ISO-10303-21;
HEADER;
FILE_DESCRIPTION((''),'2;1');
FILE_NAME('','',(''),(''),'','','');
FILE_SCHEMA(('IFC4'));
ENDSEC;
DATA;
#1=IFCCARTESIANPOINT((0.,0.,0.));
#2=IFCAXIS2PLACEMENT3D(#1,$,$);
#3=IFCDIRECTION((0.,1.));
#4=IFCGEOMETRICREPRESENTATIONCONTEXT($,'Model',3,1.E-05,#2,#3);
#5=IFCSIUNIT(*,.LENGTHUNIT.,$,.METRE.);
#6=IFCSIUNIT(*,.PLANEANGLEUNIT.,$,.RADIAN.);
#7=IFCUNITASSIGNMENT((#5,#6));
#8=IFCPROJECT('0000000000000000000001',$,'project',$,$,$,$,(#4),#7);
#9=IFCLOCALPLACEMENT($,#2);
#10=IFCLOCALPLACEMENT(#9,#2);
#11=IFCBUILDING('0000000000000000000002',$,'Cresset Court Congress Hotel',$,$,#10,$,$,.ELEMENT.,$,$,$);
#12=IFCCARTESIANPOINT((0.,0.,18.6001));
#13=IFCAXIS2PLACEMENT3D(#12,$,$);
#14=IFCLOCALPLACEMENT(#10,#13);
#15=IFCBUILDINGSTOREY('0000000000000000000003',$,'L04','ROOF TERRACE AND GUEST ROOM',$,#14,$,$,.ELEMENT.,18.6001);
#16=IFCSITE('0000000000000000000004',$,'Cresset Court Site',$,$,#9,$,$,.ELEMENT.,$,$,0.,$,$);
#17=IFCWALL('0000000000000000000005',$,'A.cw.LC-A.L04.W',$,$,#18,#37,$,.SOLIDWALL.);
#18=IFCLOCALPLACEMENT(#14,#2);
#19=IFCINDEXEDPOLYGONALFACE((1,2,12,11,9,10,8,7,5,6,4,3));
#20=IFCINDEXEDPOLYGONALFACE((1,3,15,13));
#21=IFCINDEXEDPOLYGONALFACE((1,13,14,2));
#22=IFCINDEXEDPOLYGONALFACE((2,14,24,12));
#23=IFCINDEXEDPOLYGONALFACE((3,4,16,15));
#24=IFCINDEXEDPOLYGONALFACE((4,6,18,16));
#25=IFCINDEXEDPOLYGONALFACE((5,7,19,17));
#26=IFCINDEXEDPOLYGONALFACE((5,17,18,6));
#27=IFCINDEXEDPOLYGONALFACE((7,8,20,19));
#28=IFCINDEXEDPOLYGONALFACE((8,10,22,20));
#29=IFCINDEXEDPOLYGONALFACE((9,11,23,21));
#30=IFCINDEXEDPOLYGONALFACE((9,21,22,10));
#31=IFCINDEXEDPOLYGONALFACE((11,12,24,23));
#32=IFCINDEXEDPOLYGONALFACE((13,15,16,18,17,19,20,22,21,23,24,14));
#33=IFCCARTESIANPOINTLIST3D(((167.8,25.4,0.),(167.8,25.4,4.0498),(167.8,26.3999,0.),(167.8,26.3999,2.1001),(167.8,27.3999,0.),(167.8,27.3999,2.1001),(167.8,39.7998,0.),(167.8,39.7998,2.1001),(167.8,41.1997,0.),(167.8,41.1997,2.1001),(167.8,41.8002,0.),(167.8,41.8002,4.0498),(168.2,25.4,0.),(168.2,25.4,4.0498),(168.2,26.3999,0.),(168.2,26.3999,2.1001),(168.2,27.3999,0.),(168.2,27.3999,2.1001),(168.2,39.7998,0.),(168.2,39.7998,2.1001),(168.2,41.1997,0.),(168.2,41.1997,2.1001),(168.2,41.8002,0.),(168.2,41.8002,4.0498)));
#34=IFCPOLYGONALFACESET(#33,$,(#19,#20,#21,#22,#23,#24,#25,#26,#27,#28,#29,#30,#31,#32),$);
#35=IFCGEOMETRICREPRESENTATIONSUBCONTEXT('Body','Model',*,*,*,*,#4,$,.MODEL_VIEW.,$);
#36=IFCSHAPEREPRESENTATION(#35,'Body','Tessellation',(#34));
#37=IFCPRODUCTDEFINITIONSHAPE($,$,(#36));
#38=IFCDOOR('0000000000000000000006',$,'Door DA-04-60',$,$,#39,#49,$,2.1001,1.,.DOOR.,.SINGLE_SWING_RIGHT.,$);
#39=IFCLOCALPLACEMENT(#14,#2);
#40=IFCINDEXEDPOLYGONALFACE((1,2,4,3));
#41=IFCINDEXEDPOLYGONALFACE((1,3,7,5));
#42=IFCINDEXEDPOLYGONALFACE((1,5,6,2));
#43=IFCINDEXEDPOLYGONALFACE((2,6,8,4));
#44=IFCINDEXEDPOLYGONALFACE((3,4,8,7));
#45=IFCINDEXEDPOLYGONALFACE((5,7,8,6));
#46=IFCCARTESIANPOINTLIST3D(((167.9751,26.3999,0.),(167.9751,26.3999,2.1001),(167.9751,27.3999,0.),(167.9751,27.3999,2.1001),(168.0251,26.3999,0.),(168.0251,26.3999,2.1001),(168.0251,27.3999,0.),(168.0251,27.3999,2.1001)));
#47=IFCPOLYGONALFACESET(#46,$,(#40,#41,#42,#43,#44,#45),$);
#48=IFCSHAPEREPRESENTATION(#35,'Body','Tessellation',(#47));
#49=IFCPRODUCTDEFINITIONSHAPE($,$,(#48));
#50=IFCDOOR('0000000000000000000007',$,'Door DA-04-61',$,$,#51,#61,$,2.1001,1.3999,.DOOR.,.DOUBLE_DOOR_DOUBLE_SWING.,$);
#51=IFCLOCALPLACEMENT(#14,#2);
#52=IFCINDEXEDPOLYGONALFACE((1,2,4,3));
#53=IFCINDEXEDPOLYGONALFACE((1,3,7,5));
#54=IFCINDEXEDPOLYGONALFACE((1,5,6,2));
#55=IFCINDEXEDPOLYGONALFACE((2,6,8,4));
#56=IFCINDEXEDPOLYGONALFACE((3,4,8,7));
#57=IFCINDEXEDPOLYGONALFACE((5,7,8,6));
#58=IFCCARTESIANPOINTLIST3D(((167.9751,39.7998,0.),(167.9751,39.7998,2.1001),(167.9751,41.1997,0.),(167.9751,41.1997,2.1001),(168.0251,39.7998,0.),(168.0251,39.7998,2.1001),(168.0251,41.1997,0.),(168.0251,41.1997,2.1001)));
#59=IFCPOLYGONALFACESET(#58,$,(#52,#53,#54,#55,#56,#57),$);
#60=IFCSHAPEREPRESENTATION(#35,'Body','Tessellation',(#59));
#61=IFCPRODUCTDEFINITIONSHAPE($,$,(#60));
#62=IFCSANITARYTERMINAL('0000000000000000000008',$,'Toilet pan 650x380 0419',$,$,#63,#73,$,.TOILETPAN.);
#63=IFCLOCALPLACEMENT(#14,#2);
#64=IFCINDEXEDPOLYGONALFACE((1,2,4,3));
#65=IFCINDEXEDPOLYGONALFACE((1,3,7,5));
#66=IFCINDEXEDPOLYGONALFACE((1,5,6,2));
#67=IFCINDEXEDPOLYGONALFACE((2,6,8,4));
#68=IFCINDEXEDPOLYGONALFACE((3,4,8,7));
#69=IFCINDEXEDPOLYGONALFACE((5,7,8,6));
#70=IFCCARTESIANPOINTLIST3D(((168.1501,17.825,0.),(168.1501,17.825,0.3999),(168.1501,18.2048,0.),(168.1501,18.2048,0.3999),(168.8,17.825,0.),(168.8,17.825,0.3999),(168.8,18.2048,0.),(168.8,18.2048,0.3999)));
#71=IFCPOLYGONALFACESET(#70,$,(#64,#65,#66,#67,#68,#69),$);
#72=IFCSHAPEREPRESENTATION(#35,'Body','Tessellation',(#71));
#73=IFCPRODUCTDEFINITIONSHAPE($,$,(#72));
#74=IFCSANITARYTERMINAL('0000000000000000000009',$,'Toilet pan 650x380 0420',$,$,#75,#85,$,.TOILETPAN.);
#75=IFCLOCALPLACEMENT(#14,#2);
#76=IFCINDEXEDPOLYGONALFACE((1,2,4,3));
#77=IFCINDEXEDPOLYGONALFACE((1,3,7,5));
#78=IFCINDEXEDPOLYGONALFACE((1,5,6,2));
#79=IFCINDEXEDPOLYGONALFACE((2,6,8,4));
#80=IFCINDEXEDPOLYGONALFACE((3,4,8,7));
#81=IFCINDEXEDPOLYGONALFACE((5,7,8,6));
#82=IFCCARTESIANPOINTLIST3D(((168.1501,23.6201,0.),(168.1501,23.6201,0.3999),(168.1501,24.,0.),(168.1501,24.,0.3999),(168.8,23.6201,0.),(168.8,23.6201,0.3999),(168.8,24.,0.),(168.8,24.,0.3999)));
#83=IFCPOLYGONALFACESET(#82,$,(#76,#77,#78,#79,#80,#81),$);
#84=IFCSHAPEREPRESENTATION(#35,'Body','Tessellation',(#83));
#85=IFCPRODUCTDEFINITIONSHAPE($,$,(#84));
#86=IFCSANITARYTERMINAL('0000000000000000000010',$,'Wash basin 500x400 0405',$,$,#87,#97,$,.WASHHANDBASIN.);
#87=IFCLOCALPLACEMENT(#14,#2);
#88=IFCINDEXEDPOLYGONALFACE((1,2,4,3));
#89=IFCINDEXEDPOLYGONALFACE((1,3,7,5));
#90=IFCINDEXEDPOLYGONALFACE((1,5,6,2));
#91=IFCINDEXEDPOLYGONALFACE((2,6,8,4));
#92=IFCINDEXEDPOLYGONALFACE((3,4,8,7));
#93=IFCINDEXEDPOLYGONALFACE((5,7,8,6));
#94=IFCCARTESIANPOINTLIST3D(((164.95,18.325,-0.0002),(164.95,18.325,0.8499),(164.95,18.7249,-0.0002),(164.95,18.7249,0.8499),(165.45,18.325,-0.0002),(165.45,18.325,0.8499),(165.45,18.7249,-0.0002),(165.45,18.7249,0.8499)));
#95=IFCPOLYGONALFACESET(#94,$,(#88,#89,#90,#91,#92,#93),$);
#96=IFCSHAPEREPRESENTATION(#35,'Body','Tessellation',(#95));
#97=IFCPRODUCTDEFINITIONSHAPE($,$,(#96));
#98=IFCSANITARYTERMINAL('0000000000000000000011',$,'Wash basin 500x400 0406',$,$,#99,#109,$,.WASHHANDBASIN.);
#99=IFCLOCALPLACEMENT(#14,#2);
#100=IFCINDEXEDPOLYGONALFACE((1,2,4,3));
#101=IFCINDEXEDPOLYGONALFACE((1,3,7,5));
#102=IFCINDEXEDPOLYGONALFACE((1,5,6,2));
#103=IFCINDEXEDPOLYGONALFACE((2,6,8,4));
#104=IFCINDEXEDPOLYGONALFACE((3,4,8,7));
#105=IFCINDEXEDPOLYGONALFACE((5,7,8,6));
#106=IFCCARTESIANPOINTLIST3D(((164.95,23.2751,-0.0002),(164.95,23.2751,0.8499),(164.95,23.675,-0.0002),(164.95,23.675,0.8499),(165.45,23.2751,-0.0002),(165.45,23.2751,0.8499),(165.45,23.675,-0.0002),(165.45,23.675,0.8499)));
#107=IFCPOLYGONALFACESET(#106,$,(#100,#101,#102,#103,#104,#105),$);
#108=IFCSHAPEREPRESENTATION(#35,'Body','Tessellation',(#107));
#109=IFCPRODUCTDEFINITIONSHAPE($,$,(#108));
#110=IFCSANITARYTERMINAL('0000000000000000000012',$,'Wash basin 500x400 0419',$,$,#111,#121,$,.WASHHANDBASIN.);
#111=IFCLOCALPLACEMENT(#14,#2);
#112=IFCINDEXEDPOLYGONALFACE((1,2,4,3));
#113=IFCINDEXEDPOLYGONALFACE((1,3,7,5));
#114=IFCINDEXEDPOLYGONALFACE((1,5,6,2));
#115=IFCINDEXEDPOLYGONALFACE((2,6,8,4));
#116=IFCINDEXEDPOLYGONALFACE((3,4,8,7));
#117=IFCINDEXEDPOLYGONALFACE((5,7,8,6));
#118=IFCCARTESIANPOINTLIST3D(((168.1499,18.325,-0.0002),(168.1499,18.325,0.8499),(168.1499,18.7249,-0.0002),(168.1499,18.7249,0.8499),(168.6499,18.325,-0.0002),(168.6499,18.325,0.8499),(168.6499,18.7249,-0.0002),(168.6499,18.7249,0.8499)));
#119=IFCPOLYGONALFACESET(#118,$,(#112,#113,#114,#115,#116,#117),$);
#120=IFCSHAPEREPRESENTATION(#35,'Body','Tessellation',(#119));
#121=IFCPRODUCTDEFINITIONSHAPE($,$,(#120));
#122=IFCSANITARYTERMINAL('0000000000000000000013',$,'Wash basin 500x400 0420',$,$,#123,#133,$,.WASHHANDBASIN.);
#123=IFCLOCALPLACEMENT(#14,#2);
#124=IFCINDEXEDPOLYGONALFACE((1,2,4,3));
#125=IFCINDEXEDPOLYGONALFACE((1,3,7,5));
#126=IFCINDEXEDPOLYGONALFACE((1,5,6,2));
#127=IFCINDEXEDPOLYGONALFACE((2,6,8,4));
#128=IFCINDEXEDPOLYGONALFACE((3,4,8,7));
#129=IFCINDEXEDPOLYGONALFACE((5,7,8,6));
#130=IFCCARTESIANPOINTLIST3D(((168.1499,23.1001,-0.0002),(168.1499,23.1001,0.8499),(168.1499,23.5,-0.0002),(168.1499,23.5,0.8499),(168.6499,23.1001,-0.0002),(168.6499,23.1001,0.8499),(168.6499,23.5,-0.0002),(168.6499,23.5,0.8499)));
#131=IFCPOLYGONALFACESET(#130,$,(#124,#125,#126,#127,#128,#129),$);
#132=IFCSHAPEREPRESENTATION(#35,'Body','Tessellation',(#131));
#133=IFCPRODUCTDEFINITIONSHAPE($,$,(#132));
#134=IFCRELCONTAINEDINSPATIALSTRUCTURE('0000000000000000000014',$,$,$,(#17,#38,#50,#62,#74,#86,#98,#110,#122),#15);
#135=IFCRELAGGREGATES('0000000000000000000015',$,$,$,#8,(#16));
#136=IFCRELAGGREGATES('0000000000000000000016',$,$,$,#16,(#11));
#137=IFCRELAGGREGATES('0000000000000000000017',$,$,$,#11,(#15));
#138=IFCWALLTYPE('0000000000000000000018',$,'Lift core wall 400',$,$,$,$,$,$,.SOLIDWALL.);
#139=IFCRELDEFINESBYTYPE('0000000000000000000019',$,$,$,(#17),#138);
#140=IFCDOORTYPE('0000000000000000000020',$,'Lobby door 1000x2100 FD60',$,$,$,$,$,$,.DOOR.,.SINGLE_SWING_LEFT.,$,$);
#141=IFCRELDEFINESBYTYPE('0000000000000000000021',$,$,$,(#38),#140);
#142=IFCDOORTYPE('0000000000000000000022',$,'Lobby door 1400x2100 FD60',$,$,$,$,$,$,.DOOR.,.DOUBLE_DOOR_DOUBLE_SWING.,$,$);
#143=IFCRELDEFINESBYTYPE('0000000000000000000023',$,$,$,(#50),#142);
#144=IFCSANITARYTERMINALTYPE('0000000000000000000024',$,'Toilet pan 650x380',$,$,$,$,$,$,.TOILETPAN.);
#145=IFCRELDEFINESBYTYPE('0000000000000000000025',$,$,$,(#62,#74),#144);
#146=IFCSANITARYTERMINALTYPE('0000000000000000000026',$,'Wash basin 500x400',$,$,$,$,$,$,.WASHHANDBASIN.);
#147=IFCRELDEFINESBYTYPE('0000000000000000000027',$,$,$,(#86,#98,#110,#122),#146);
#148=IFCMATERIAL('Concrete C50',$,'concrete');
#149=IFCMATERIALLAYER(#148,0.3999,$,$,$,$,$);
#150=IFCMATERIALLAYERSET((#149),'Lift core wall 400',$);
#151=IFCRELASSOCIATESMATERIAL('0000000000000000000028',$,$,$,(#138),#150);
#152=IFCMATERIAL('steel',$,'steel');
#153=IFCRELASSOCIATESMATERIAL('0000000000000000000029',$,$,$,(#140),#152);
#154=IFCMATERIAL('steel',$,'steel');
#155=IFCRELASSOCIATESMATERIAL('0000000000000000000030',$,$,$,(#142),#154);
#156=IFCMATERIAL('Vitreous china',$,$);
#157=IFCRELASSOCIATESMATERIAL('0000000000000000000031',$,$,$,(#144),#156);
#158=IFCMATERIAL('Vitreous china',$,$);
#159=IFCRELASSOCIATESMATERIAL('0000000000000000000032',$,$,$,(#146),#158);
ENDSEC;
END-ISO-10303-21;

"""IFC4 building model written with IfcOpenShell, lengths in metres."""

from ifc_helpers import new_model, si_unit, direction, frame, frame_2d, origin, origin_2d, place, context, subcontext, project, spatial, rectangle, extrude, material, layer, layer_set, type_object, element, fill, save


model = new_model("IFC4")

# Units and contexts
model_context = context("Model", 3, precision=1e-05, world=origin(), true_north=direction((0.0, 1.0)))
body_context = subcontext(model_context, "Body", "Model", "MODEL_VIEW")
ifc_project = project(units=[si_unit("LENGTHUNIT", "METRE"), si_unit("PLANEANGLEUNIT", "RADIAN")], contexts=[model_context])

# Site, building, storey
site_placement = place(None, origin())
site = spatial("IfcSite", under=ifc_project, at=site_placement, Name="Cresset Court Site", CompositionType="ELEMENT", RefElevation=0.0)
building_placement = place(site_placement, origin())
building = spatial("IfcBuilding", under=site, at=building_placement, Name="Cresset Court Congress Hotel", CompositionType="ELEMENT")
storey_placement = place(building_placement, frame((0.0, 0.0, 18.6001)))
storey = spatial("IfcBuildingStorey", under=building, at=storey_placement, Name="L04", Description="ROOF TERRACE AND GUEST ROOM", CompositionType="ELEMENT", Elevation=18.6001)

# Shared definitions
ifc_material_1 = material(Name="Concrete C50", Category="concrete")
ifc_layer_1 = layer(ifc_material_1, 0.3999)
ifc_layer_set_1 = layer_set([ifc_layer_1], Name="Lift core wall 400")
wall_type_1 = type_object("IfcWallType", Name="Lift core wall 400", PredefinedType="SOLIDWALL", material=ifc_layer_set_1)

# Wall, openings, doors
wall_1_placement = place(storey_placement, frame((168.0, 25.3999, 0.0), z_axis=(0.0, 0.0, 1.0), x_axis=(0.0, 1.0, 0.0)))
wall_1 = element("IfcWall", 1, at=wall_1_placement, inside=storey, type_object=wall_type_1, Name="A.cw.LC-A.L04.W", PredefinedType="SOLIDWALL", context=body_context, shape_type="SweptSolid", body=[
    extrude(rectangle(XDim=16.4001, YDim=0.3999, at=frame_2d((8.2002, 0.0))), origin(), (0.0, 0.0, 1.0), 4.0498),
])
opening_1_placement = place(wall_1_placement, frame((1.0, 0.0, 0.0)))
opening_1 = element("IfcOpeningElement", 2, at=opening_1_placement, cuts=wall_1, PredefinedType="OPENING", context=body_context, shape_type="SweptSolid", body=[
    extrude(rectangle(XDim=1.0, YDim=2.1001, at=frame_2d((0.5, 1.05))), frame((0.0, 0.21, 0.0), z_axis=(0.0, -1.0, 0.0), x_axis=(1.0, 0.0, 0.0)), (0.0, 0.0, 1.0), 0.4199),
])
opening_2_placement = place(wall_1_placement, frame((14.3999, 0.0, 0.0)))
opening_2 = element("IfcOpeningElement", 3, at=opening_2_placement, cuts=wall_1, PredefinedType="OPENING", context=body_context, shape_type="SweptSolid", body=[
    extrude(rectangle(XDim=1.3999, YDim=2.1001, at=frame_2d((0.7, 1.05))), frame((0.0, 0.21, 0.0), z_axis=(0.0, -1.0, 0.0), x_axis=(1.0, 0.0, 0.0)), (0.0, 0.0, 1.0), 0.4199),
])
ifc_material_2 = material(Name="steel", Category="steel")
door_type_1 = type_object("IfcDoorType", Name="Lobby door 1000x2100 FD60", OperationType="SINGLE_SWING_LEFT", PredefinedType="DOOR", material=ifc_material_2)
door_1_placement = place(opening_1_placement, origin())
door_1 = element("IfcDoor", 4, at=door_1_placement, inside=storey, type_object=door_type_1, Name="Door DA-04-60", OperationType="SINGLE_SWING_RIGHT", OverallHeight=2.1001, OverallWidth=1.0, PredefinedType="DOOR", context=body_context, shape_type="SweptSolid", body=[
    extrude(rectangle(XDim=1.0, YDim=2.1001, at=frame_2d((0.5, 1.05))), frame((0.0, 0.0249, 0.0), z_axis=(0.0, -1.0, 0.0), x_axis=(1.0, 0.0, 0.0)), (0.0, 0.0, 1.0), 0.05),
])
fill(opening_1, door_1)
ifc_material_3 = material(Name="steel", Category="steel")
door_type_2 = type_object("IfcDoorType", Name="Lobby door 1400x2100 FD60", OperationType="DOUBLE_DOOR_DOUBLE_SWING", PredefinedType="DOOR", material=ifc_material_3)
door_2_placement = place(opening_2_placement, origin())
door_2 = element("IfcDoor", 5, at=door_2_placement, inside=storey, type_object=door_type_2, Name="Door DA-04-61", OperationType="DOUBLE_DOOR_DOUBLE_SWING", OverallHeight=2.1001, OverallWidth=1.3999, PredefinedType="DOOR", context=body_context, shape_type="SweptSolid", body=[
    extrude(rectangle(XDim=1.3999, YDim=2.1001, at=frame_2d((0.7, 1.05))), frame((0.0, 0.0249, 0.0), z_axis=(0.0, -1.0, 0.0), x_axis=(1.0, 0.0, 0.0)), (0.0, 0.0, 1.0), 0.05),
])
fill(opening_2, door_2)

# Sanitary terminals
ifc_material_4 = material(Name="Vitreous china")
sanitary_terminal_type_1 = type_object("IfcSanitaryTerminalType", Name="Toilet pan 650x380", PredefinedType="TOILETPAN", material=ifc_material_4)
for number, where, z_axis, x_axis, name in (
    (6, (168.4751, 18.0149, 0.0), (0.0, 0.0, 1.0), (1.0, 0.0, 0.0), "Toilet pan 650x380 0419"),
    (7, (168.4751, 23.8101, 0.0), (0.0, 0.0, 1.0), (1.0, 0.0, 0.0), "Toilet pan 650x380 0420"),
):
    element("IfcSanitaryTerminal", number, at=place(storey_placement, frame(where, z_axis=z_axis, x_axis=x_axis)), inside=storey, type_object=sanitary_terminal_type_1, Name=name, PredefinedType="TOILETPAN", context=body_context, shape_type="SweptSolid", body=[
        extrude(rectangle(XDim=0.6499, YDim=0.3799, at=origin_2d()), origin(), (0.0, 0.0, 1.0), 0.3999),
    ])
ifc_material_5 = material(Name="Vitreous china")
sanitary_terminal_type_2 = type_object("IfcSanitaryTerminalType", Name="Wash basin 500x400", PredefinedType="WASHHANDBASIN", material=ifc_material_5)
for number, where, z_axis, x_axis, name in (
    (8, (165.2, 18.5249, -0.0002), (0.0, 0.0, 1.0), (1.0, 0.0, 0.0), "Wash basin 500x400 0405"),
    (9, (165.2, 23.4751, -0.0002), (0.0, 0.0, 1.0), (1.0, 0.0, 0.0), "Wash basin 500x400 0406"),
    (10, (168.3999, 18.5249, -0.0002), (0.0, 0.0, 1.0), (1.0, 0.0, 0.0), "Wash basin 500x400 0419"),
    (11, (168.3999, 23.3, -0.0002), (0.0, 0.0, 1.0), (1.0, 0.0, 0.0), "Wash basin 500x400 0420"),
):
    element("IfcSanitaryTerminal", number, at=place(storey_placement, frame(where, z_axis=z_axis, x_axis=x_axis)), inside=storey, type_object=sanitary_terminal_type_2, Name=name, PredefinedType="WASHHANDBASIN", context=body_context, shape_type="SweptSolid", body=[
        extrude(rectangle(XDim=0.5, YDim=0.3999, at=origin_2d()), origin(), (0.0, 0.0, 1.0), 0.8501),
    ])

save(model, "model.ifc")
